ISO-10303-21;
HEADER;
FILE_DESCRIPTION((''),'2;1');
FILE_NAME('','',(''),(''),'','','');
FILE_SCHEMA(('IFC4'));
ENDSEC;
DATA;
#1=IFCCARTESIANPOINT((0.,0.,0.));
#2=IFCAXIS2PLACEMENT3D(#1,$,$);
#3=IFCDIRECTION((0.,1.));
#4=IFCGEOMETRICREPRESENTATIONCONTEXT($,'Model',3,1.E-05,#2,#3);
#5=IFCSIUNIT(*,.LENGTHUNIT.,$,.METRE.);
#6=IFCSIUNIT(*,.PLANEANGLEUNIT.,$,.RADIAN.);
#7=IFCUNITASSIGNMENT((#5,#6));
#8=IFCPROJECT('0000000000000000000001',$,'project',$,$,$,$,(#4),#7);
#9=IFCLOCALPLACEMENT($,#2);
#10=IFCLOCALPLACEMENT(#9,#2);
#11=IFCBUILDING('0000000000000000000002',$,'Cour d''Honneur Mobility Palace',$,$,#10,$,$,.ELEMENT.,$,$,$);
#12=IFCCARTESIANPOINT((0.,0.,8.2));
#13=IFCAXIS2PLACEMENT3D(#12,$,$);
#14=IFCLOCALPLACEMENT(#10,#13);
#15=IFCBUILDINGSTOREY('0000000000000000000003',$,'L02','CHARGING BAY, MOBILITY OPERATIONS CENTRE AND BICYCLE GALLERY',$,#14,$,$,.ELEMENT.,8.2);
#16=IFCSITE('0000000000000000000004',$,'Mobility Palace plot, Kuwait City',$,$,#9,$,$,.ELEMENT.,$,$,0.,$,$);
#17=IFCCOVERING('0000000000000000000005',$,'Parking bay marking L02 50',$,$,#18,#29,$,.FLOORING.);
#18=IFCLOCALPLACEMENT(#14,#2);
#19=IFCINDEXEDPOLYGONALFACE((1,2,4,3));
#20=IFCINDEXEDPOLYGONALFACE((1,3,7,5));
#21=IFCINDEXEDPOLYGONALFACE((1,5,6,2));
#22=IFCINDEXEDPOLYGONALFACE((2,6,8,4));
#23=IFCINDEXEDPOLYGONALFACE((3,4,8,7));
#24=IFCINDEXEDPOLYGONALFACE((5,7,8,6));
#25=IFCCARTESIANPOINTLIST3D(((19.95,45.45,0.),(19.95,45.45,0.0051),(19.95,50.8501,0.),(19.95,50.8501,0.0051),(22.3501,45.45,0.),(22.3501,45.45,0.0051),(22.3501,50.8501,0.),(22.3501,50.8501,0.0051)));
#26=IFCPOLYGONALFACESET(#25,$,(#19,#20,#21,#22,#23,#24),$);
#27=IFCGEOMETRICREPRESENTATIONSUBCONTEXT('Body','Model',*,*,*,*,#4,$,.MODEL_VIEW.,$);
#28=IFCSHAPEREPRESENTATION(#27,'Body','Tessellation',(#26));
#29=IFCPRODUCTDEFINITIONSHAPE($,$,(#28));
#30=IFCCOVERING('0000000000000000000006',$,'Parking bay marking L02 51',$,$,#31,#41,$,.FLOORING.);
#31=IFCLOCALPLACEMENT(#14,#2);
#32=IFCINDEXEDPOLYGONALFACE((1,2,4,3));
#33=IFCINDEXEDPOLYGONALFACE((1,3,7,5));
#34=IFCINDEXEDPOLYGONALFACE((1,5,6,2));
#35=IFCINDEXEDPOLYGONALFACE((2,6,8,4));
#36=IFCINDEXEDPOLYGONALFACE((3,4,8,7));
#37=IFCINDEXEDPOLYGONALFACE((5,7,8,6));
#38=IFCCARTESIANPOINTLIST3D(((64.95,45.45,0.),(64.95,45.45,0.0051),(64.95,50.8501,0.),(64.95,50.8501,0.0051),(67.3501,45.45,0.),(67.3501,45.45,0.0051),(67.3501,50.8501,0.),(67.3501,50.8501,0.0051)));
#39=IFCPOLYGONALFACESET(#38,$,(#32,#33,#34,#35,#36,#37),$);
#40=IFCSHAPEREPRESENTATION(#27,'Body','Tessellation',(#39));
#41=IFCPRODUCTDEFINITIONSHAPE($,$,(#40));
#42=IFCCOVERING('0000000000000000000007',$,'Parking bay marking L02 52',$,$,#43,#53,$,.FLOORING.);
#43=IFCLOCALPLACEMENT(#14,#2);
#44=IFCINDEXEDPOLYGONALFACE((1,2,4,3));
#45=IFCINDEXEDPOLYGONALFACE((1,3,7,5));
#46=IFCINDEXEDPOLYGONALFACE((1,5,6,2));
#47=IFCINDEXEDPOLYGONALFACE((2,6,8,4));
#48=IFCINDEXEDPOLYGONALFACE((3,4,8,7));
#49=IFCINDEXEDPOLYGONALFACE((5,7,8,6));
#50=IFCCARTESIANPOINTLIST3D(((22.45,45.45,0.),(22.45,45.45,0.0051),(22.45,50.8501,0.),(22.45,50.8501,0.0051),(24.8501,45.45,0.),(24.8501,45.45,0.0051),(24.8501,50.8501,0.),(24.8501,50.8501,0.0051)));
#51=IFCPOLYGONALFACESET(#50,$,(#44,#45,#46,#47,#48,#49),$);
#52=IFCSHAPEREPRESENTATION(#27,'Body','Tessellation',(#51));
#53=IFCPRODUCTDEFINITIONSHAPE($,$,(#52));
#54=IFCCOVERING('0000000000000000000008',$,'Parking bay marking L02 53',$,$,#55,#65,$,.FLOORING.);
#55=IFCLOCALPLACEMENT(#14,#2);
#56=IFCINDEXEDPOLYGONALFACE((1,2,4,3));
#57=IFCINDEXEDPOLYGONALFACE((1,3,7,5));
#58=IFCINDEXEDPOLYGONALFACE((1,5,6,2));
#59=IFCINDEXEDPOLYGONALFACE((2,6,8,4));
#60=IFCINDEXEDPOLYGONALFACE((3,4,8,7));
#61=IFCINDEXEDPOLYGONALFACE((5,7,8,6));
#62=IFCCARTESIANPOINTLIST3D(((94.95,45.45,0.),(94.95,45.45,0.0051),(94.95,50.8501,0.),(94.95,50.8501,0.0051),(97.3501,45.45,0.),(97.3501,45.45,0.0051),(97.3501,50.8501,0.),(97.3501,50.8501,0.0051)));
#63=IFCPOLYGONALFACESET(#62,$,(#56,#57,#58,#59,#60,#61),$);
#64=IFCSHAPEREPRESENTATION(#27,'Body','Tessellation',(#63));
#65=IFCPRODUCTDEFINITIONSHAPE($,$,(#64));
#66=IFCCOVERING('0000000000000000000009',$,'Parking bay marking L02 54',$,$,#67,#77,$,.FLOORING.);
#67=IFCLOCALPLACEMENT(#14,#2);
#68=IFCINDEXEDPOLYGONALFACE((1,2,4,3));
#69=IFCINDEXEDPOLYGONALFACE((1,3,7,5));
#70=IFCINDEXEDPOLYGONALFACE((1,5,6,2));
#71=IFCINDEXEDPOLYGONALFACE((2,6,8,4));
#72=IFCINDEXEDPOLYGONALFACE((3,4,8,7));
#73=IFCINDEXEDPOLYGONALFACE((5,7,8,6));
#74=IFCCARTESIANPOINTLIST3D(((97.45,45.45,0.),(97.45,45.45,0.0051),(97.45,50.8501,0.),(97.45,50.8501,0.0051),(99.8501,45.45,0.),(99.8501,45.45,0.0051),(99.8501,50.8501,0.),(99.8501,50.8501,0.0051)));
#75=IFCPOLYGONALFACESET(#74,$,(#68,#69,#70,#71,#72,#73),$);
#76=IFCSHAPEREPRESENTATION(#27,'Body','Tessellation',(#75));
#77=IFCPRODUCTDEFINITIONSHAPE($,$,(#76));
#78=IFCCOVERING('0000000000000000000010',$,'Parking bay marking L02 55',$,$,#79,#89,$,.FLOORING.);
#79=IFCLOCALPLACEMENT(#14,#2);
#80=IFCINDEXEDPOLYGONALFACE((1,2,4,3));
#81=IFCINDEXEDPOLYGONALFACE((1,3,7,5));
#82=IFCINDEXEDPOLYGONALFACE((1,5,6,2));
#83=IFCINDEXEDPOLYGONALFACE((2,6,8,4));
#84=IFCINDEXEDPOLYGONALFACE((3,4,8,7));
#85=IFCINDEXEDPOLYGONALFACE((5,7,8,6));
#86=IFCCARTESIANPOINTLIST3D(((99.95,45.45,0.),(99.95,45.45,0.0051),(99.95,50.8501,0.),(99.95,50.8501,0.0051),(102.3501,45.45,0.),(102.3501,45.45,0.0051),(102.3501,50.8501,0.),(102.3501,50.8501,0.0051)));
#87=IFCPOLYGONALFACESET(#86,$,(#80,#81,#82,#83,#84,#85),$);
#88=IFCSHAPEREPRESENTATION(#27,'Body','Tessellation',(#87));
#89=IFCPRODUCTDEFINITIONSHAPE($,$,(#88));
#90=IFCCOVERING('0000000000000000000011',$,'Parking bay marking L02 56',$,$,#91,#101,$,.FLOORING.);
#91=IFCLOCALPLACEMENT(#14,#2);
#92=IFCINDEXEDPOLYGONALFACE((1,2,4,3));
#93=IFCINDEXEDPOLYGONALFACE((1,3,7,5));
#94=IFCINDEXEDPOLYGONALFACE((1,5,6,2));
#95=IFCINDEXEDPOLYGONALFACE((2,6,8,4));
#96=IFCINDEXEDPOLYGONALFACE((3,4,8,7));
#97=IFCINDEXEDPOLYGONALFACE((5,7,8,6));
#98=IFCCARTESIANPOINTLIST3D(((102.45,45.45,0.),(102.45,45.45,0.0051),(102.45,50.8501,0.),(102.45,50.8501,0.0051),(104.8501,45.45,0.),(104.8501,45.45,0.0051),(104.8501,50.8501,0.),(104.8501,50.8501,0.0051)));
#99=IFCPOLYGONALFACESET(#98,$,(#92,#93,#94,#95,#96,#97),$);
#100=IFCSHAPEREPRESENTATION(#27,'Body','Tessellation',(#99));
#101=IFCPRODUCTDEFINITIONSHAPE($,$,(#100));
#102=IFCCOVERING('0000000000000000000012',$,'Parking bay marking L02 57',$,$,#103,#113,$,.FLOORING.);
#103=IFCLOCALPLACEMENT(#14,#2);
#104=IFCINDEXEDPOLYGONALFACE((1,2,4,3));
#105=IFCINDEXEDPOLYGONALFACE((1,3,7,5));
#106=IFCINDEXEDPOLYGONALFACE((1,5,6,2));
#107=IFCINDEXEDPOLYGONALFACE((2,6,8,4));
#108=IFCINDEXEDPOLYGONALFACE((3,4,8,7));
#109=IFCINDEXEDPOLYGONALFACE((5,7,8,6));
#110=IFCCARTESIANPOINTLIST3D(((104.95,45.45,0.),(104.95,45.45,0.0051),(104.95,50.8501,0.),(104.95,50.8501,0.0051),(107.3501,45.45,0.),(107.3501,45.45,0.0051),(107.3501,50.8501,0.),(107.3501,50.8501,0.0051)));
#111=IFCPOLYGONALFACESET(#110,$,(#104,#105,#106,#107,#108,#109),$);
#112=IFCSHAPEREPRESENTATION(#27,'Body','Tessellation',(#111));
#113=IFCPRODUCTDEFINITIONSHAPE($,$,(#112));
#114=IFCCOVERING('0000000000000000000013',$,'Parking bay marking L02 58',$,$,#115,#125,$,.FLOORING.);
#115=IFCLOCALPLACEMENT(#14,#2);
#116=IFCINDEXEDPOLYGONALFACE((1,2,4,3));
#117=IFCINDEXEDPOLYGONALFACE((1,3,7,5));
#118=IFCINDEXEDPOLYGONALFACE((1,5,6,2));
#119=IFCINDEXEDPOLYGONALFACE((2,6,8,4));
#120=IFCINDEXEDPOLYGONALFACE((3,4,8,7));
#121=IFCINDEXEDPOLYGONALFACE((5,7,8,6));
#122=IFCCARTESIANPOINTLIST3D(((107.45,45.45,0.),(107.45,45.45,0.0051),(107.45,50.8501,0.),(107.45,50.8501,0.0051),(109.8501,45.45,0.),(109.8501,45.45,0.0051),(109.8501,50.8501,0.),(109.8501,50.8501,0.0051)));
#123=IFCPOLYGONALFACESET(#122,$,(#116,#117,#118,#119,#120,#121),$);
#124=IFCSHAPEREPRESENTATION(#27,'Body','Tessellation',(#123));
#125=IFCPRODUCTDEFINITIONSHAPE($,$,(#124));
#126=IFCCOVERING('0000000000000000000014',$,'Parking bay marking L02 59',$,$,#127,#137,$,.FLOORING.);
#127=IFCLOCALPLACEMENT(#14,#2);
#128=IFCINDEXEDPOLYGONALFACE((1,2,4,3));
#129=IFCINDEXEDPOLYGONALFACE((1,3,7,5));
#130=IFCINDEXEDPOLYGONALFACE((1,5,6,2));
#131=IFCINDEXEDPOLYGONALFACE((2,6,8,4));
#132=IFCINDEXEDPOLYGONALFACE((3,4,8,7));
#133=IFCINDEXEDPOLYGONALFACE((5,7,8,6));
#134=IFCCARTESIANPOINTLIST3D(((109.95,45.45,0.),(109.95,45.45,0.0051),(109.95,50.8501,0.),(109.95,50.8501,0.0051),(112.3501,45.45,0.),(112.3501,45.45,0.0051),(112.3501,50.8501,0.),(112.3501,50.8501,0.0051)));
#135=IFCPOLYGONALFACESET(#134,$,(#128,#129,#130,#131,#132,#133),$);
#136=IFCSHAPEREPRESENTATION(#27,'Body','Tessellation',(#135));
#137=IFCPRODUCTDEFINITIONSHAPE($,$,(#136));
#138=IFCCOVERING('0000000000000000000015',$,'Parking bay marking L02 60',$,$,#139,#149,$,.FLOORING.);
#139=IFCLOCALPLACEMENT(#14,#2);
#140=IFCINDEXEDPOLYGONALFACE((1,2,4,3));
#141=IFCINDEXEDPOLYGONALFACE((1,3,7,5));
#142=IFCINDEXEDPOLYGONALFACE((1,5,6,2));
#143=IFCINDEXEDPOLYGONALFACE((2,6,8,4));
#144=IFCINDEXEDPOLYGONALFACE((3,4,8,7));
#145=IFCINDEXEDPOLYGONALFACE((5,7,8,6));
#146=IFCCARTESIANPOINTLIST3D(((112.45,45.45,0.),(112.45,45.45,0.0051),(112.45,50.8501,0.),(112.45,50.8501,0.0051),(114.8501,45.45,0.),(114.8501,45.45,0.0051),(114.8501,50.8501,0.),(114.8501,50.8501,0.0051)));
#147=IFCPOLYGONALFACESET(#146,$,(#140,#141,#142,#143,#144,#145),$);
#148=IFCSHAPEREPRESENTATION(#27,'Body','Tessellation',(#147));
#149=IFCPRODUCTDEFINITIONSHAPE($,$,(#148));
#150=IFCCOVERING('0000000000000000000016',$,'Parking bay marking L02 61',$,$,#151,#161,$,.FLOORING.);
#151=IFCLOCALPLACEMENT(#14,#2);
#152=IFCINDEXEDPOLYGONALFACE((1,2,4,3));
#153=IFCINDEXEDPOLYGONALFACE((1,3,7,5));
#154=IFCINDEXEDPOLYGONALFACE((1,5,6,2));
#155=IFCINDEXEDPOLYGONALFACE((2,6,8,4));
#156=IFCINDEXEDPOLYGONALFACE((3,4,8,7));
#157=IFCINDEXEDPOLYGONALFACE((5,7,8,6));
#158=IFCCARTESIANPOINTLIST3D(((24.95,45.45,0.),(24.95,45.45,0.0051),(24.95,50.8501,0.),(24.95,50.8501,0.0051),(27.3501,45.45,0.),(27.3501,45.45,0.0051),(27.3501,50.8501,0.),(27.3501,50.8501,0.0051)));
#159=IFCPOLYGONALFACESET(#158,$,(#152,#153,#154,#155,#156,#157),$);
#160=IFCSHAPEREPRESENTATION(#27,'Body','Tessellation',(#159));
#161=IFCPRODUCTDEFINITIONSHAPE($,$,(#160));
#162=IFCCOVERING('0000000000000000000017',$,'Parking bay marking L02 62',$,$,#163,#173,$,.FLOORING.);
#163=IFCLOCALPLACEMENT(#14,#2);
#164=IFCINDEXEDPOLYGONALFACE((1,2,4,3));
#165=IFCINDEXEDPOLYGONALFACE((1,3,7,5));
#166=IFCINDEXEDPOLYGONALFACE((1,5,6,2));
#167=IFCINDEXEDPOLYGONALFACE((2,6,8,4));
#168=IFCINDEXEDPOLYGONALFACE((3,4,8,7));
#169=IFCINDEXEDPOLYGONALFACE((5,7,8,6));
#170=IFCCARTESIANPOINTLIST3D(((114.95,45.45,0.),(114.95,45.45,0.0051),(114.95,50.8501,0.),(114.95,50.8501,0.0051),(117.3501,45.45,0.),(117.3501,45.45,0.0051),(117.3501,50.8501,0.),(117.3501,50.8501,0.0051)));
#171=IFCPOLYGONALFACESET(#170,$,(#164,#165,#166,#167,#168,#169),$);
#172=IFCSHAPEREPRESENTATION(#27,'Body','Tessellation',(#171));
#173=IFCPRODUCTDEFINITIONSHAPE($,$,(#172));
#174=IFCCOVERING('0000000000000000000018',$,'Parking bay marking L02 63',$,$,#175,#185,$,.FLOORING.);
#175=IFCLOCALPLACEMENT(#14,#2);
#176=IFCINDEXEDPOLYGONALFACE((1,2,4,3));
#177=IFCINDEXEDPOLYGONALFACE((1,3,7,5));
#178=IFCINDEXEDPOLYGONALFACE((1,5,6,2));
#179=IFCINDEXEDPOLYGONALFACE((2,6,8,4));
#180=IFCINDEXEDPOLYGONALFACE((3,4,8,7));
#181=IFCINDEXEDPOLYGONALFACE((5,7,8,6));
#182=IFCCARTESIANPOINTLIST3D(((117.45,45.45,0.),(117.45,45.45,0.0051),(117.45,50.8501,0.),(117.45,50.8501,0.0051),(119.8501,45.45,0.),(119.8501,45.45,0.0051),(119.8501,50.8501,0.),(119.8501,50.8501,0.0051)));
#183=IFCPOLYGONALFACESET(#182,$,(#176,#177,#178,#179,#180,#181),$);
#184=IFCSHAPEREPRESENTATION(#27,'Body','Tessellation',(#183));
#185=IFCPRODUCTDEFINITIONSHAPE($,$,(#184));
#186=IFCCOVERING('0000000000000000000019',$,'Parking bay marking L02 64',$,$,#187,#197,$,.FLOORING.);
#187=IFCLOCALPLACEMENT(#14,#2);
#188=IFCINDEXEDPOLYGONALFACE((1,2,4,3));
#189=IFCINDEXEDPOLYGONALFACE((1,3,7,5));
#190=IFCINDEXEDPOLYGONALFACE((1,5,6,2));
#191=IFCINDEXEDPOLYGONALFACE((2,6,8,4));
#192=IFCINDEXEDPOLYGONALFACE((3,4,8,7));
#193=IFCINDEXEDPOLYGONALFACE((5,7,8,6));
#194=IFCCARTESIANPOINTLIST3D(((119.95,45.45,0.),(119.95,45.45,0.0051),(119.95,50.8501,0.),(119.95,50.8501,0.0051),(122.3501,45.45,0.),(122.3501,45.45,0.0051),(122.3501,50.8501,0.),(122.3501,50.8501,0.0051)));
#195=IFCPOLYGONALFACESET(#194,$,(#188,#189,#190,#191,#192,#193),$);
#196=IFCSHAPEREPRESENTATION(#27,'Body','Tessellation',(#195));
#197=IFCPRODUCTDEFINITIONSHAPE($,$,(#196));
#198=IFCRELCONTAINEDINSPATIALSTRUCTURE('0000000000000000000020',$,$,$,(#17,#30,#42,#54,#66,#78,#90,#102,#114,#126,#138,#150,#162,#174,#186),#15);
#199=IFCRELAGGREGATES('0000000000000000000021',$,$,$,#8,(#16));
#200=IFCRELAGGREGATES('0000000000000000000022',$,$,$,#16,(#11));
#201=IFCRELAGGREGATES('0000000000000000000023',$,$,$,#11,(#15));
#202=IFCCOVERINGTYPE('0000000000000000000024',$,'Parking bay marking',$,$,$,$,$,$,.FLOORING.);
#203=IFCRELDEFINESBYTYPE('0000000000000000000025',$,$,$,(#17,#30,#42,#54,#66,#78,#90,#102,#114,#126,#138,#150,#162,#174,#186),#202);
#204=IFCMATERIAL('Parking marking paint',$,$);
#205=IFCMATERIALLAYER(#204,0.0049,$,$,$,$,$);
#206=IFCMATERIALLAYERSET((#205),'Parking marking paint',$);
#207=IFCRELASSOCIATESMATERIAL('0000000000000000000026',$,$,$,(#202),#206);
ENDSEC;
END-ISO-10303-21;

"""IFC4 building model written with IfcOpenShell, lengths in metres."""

from ifc_helpers import new_model, si_unit, direction, frame, origin, place, context, subcontext, project, spatial, polyline, outline, extrude, material, layer, layer_set, type_object, element, save


model = new_model("IFC4")

# Units and contexts
model_context = context("Model", 3, precision=1e-05, world=origin(), true_north=direction((0.0, 1.0)))
body_context = subcontext(model_context, "Body", "Model", "MODEL_VIEW")
ifc_project = project(units=[si_unit("LENGTHUNIT", "METRE"), si_unit("PLANEANGLEUNIT", "RADIAN")], contexts=[model_context])

# Site, building, storey
site_placement = place(None, origin())
site = spatial("IfcSite", under=ifc_project, at=site_placement, Name="Mobility Palace plot, Kuwait City", CompositionType="ELEMENT", RefElevation=0.0)
building_placement = place(site_placement, origin())
building = spatial("IfcBuilding", under=site, at=building_placement, Name="Cour d'Honneur Mobility Palace", CompositionType="ELEMENT")
storey_placement = place(building_placement, frame((0.0, 0.0, 8.2)))
storey = spatial("IfcBuildingStorey", under=building, at=storey_placement, Name="L02", Description="CHARGING BAY, MOBILITY OPERATIONS CENTRE AND BICYCLE GALLERY", CompositionType="ELEMENT", Elevation=8.2)

# Coverings
ifc_material = material(Name="Parking marking paint")
ifc_layer = layer(ifc_material, 0.0049)
ifc_layer_set = layer_set([ifc_layer], Name="Parking marking paint")
covering_type = type_object("IfcCoveringType", Name="Parking bay marking", PredefinedType="FLOORING", material=ifc_layer_set)
covering_1_placement = place(storey_placement, origin())
element("IfcCovering", 1, at=covering_1_placement, inside=storey, type_object=covering_type, Name="Parking bay marking L02 50", PredefinedType="FLOORING", context=body_context, shape_type="SweptSolid", body=[
    extrude(outline(polyline([(22.3501, 45.45), (19.95, 45.45), (19.95, 50.8501), (22.3501, 50.8501), (22.3501, 45.45)])), origin(), (0.0, 0.0, 1.0), 0.0051),
])
covering_2_placement = place(storey_placement, origin())
element("IfcCovering", 2, at=covering_2_placement, inside=storey, type_object=covering_type, Name="Parking bay marking L02 51", PredefinedType="FLOORING", context=body_context, shape_type="SweptSolid", body=[
    extrude(outline(polyline([(67.3501, 45.45), (64.95, 45.45), (64.95, 50.8501), (67.3501, 50.8501), (67.3501, 45.45)])), origin(), (0.0, 0.0, 1.0), 0.0051),
])
covering_3_placement = place(storey_placement, origin())
element("IfcCovering", 3, at=covering_3_placement, inside=storey, type_object=covering_type, Name="Parking bay marking L02 52", PredefinedType="FLOORING", context=body_context, shape_type="SweptSolid", body=[
    extrude(outline(polyline([(24.8501, 45.45), (22.45, 45.45), (22.45, 50.8501), (24.8501, 50.8501), (24.8501, 45.45)])), origin(), (0.0, 0.0, 1.0), 0.0051),
])
covering_4_placement = place(storey_placement, origin())
element("IfcCovering", 4, at=covering_4_placement, inside=storey, type_object=covering_type, Name="Parking bay marking L02 53", PredefinedType="FLOORING", context=body_context, shape_type="SweptSolid", body=[
    extrude(outline(polyline([(97.3501, 45.45), (94.95, 45.45), (94.95, 50.8501), (97.3501, 50.8501), (97.3501, 45.45)])), origin(), (0.0, 0.0, 1.0), 0.0051),
])
covering_5_placement = place(storey_placement, origin())
element("IfcCovering", 5, at=covering_5_placement, inside=storey, type_object=covering_type, Name="Parking bay marking L02 54", PredefinedType="FLOORING", context=body_context, shape_type="SweptSolid", body=[
    extrude(outline(polyline([(99.8501, 45.45), (97.45, 45.45), (97.45, 50.8501), (99.8501, 50.8501), (99.8501, 45.45)])), origin(), (0.0, 0.0, 1.0), 0.0051),
])
covering_6_placement = place(storey_placement, origin())
element("IfcCovering", 6, at=covering_6_placement, inside=storey, type_object=covering_type, Name="Parking bay marking L02 55", PredefinedType="FLOORING", context=body_context, shape_type="SweptSolid", body=[
    extrude(outline(polyline([(102.3501, 45.45), (99.95, 45.45), (99.95, 50.8501), (102.3501, 50.8501), (102.3501, 45.45)])), origin(), (0.0, 0.0, 1.0), 0.0051),
])
covering_7_placement = place(storey_placement, origin())
element("IfcCovering", 7, at=covering_7_placement, inside=storey, type_object=covering_type, Name="Parking bay marking L02 56", PredefinedType="FLOORING", context=body_context, shape_type="SweptSolid", body=[
    extrude(outline(polyline([(104.8501, 45.45), (102.45, 45.45), (102.45, 50.8501), (104.8501, 50.8501), (104.8501, 45.45)])), origin(), (0.0, 0.0, 1.0), 0.0051),
])
covering_8_placement = place(storey_placement, origin())
element("IfcCovering", 8, at=covering_8_placement, inside=storey, type_object=covering_type, Name="Parking bay marking L02 57", PredefinedType="FLOORING", context=body_context, shape_type="SweptSolid", body=[
    extrude(outline(polyline([(107.3501, 45.45), (104.95, 45.45), (104.95, 50.8501), (107.3501, 50.8501), (107.3501, 45.45)])), origin(), (0.0, 0.0, 1.0), 0.0051),
])
covering_9_placement = place(storey_placement, origin())
element("IfcCovering", 9, at=covering_9_placement, inside=storey, type_object=covering_type, Name="Parking bay marking L02 58", PredefinedType="FLOORING", context=body_context, shape_type="SweptSolid", body=[
    extrude(outline(polyline([(109.8501, 45.45), (107.45, 45.45), (107.45, 50.8501), (109.8501, 50.8501), (109.8501, 45.45)])), origin(), (0.0, 0.0, 1.0), 0.0051),
])
covering_10_placement = place(storey_placement, origin())
element("IfcCovering", 10, at=covering_10_placement, inside=storey, type_object=covering_type, Name="Parking bay marking L02 59", PredefinedType="FLOORING", context=body_context, shape_type="SweptSolid", body=[
    extrude(outline(polyline([(112.3501, 45.45), (109.95, 45.45), (109.95, 50.8501), (112.3501, 50.8501), (112.3501, 45.45)])), origin(), (0.0, 0.0, 1.0), 0.0051),
])
covering_11_placement = place(storey_placement, origin())
element("IfcCovering", 11, at=covering_11_placement, inside=storey, type_object=covering_type, Name="Parking bay marking L02 60", PredefinedType="FLOORING", context=body_context, shape_type="SweptSolid", body=[
    extrude(outline(polyline([(114.8501, 45.45), (112.45, 45.45), (112.45, 50.8501), (114.8501, 50.8501), (114.8501, 45.45)])), origin(), (0.0, 0.0, 1.0), 0.0051),
])
covering_12_placement = place(storey_placement, origin())
element("IfcCovering", 12, at=covering_12_placement, inside=storey, type_object=covering_type, Name="Parking bay marking L02 61", PredefinedType="FLOORING", context=body_context, shape_type="SweptSolid", body=[
    extrude(outline(polyline([(27.3501, 45.45), (24.95, 45.45), (24.95, 50.8501), (27.3501, 50.8501), (27.3501, 45.45)])), origin(), (0.0, 0.0, 1.0), 0.0051),
])
covering_13_placement = place(storey_placement, origin())
element("IfcCovering", 13, at=covering_13_placement, inside=storey, type_object=covering_type, Name="Parking bay marking L02 62", PredefinedType="FLOORING", context=body_context, shape_type="SweptSolid", body=[
    extrude(outline(polyline([(117.3501, 45.45), (114.95, 45.45), (114.95, 50.8501), (117.3501, 50.8501), (117.3501, 45.45)])), origin(), (0.0, 0.0, 1.0), 0.0051),
])
covering_14_placement = place(storey_placement, origin())
element("IfcCovering", 14, at=covering_14_placement, inside=storey, type_object=covering_type, Name="Parking bay marking L02 63", PredefinedType="FLOORING", context=body_context, shape_type="SweptSolid", body=[
    extrude(outline(polyline([(119.8501, 45.45), (117.45, 45.45), (117.45, 50.8501), (119.8501, 50.8501), (119.8501, 45.45)])), origin(), (0.0, 0.0, 1.0), 0.0051),
])
covering_15_placement = place(storey_placement, origin())
element("IfcCovering", 15, at=covering_15_placement, inside=storey, type_object=covering_type, Name="Parking bay marking L02 64", PredefinedType="FLOORING", context=body_context, shape_type="SweptSolid", body=[
    extrude(outline(polyline([(122.3501, 45.45), (119.95, 45.45), (119.95, 50.8501), (122.3501, 50.8501), (122.3501, 45.45)])), origin(), (0.0, 0.0, 1.0), 0.0051),
])

save(model, "model.ifc")
